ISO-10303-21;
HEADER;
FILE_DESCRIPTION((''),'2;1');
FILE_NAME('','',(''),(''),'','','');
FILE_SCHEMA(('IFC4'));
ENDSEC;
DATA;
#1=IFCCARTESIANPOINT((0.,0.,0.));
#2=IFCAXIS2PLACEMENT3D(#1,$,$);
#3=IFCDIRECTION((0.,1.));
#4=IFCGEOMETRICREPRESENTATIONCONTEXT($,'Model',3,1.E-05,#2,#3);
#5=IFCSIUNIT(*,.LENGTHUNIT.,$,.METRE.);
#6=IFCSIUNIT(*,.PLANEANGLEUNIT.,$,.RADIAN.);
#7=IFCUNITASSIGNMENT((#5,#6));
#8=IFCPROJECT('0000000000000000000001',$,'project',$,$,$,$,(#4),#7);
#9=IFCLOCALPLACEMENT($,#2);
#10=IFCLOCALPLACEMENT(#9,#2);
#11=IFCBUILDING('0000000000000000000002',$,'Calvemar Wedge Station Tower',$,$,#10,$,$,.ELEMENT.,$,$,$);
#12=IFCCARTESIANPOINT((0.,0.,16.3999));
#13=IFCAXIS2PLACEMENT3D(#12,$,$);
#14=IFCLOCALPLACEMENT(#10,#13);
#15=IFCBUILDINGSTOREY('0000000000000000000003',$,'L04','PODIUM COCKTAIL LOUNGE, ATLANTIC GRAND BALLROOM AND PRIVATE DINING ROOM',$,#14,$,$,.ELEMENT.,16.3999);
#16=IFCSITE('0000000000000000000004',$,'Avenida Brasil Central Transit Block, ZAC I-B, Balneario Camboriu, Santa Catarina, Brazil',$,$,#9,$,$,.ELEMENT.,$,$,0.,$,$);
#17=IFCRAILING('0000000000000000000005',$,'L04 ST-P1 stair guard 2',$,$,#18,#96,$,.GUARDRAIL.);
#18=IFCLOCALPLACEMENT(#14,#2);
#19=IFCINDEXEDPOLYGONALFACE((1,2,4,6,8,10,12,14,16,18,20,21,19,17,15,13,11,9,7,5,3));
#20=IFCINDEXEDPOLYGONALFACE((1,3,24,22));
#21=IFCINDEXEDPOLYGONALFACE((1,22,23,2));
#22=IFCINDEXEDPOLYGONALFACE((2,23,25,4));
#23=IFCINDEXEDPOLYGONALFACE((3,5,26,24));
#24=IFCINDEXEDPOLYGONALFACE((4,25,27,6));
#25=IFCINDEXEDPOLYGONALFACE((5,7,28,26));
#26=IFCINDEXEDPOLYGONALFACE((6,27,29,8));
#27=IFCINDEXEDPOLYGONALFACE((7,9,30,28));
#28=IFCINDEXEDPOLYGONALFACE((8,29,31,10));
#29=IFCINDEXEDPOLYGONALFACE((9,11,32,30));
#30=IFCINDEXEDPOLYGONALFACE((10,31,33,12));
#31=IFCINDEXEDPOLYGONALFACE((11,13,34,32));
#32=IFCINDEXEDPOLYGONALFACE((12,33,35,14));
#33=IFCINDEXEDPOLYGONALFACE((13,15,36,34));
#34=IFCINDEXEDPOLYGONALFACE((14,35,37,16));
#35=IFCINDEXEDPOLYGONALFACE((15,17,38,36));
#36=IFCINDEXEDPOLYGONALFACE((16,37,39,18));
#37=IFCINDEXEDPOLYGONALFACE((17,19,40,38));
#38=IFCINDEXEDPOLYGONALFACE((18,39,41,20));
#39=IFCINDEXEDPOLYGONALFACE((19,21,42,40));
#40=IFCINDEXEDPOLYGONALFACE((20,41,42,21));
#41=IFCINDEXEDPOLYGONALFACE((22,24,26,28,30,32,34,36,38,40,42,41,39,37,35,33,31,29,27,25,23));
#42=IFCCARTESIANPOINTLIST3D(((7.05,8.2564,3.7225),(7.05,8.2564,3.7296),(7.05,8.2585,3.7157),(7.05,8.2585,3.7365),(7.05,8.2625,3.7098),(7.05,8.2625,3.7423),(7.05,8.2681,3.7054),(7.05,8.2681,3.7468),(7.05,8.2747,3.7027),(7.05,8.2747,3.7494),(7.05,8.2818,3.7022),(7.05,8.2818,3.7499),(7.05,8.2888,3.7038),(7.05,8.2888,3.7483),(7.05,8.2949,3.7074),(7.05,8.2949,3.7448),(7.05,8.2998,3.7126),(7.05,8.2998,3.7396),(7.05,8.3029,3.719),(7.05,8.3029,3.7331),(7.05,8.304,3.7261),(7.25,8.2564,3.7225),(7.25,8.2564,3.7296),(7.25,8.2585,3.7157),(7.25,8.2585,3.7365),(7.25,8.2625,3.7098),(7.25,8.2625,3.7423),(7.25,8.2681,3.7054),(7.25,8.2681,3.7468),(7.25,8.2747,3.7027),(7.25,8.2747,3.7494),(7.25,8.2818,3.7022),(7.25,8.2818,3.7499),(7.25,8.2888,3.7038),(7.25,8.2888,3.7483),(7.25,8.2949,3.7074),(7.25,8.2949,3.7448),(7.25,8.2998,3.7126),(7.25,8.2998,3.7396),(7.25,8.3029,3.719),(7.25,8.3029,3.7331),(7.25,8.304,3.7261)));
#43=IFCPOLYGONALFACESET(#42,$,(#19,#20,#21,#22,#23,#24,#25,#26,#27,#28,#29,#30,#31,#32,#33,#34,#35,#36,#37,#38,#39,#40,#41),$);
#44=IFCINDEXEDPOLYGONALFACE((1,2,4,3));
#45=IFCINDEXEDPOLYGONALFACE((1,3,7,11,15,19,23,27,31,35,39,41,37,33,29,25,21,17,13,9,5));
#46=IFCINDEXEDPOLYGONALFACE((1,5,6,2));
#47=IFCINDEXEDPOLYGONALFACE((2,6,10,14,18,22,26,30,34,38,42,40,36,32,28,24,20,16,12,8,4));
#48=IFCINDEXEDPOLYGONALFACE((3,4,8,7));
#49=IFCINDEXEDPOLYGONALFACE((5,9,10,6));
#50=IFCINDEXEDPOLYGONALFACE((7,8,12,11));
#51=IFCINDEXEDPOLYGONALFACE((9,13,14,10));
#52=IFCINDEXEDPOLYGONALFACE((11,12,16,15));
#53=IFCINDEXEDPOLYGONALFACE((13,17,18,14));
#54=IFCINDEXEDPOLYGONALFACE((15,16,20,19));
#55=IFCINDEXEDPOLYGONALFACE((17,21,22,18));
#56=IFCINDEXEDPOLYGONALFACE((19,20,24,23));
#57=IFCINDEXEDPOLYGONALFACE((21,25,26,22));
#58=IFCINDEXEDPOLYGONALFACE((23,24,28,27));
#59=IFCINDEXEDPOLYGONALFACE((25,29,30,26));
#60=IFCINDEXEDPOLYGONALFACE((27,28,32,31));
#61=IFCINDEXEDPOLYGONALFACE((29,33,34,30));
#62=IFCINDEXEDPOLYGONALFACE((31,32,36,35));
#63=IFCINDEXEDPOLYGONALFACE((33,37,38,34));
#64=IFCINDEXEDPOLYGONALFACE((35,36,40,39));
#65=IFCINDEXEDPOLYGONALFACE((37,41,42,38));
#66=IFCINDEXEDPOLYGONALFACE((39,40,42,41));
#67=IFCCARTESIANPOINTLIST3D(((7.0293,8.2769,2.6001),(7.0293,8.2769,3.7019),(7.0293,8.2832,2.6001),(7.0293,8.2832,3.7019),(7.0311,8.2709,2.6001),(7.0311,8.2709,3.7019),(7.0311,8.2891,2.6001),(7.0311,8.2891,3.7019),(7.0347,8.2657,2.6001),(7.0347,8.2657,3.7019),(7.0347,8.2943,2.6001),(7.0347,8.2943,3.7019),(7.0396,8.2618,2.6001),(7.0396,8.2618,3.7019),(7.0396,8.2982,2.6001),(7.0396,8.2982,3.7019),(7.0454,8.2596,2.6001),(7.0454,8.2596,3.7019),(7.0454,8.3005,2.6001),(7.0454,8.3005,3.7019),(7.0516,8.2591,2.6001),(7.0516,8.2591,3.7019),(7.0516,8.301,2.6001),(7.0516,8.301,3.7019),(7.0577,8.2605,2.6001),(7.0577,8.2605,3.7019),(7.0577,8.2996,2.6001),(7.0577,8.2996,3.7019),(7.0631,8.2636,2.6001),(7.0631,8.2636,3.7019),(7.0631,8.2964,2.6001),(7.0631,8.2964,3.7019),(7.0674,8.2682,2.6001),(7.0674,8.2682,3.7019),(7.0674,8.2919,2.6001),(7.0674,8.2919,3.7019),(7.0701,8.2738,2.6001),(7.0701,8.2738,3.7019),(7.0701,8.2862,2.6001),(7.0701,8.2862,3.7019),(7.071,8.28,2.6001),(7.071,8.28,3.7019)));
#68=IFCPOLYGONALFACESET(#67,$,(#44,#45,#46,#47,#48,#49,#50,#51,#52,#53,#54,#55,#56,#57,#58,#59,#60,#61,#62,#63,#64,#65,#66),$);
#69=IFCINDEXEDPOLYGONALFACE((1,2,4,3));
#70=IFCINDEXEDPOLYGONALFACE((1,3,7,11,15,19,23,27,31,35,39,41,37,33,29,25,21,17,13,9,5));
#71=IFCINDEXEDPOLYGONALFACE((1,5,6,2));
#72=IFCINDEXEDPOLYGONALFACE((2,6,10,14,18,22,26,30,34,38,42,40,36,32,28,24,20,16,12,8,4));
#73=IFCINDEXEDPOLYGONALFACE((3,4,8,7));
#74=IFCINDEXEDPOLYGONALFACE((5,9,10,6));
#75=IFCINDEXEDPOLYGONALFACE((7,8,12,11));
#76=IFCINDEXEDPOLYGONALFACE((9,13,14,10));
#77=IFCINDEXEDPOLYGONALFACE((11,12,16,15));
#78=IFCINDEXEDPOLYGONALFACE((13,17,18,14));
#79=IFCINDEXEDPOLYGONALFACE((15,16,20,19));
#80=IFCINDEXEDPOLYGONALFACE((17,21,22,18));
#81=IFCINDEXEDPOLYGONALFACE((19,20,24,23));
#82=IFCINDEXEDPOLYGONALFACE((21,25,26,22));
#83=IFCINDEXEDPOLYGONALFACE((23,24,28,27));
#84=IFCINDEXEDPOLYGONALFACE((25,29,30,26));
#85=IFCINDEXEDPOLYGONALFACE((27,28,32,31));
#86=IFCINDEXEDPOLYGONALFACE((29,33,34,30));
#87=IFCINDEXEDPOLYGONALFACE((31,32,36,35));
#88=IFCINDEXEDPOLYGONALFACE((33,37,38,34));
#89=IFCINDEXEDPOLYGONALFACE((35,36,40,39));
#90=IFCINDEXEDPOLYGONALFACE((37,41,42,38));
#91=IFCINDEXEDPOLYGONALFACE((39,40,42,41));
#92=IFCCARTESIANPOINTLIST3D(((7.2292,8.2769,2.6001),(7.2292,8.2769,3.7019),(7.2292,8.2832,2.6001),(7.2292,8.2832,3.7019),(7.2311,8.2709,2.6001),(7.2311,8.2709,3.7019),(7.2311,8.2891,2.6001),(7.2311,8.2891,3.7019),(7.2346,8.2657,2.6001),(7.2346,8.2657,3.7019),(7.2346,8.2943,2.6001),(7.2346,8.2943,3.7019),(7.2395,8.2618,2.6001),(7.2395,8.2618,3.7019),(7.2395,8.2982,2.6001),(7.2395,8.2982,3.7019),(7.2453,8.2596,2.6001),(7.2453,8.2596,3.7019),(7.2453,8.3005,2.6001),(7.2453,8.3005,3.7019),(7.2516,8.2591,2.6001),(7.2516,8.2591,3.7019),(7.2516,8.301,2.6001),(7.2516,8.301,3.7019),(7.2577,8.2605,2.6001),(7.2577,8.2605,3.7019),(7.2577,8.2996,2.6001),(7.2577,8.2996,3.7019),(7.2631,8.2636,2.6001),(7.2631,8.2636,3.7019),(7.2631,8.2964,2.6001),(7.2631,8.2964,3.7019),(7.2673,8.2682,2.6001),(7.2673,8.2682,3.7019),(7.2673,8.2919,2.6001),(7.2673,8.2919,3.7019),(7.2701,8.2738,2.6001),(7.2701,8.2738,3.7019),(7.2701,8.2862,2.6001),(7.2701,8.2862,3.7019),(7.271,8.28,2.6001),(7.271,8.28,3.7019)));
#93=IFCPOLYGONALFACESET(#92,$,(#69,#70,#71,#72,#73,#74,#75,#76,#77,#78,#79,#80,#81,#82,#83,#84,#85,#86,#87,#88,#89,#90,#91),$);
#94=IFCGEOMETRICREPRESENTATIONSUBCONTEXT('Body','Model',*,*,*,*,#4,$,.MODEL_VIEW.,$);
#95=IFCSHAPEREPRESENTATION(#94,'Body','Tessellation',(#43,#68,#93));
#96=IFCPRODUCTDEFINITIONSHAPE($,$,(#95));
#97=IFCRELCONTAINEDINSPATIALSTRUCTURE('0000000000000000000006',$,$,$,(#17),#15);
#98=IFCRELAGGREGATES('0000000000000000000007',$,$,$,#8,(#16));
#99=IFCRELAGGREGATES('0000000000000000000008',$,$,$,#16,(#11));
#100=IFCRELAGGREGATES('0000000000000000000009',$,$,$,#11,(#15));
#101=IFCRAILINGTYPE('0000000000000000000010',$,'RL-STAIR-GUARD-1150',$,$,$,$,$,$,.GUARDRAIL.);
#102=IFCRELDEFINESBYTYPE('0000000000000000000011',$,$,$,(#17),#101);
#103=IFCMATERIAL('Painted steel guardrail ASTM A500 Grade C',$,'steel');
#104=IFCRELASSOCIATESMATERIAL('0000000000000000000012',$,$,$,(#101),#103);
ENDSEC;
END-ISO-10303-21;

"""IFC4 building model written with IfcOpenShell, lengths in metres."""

from ifc_helpers import new_model, si_unit, direction, frame, origin, origin_2d, place, context, subcontext, project, spatial, circle, extrude, material, type_object, element, save


model = new_model("IFC4")

# Units and contexts
model_context = context("Model", 3, precision=1e-05, world=origin(), true_north=direction((0.0, 1.0)))
body_context = subcontext(model_context, "Body", "Model", "MODEL_VIEW")
ifc_project = project(units=[si_unit("LENGTHUNIT", "METRE"), si_unit("PLANEANGLEUNIT", "RADIAN")], contexts=[model_context])

# Site, building, storey
site_placement = place(None, origin())
site = spatial("IfcSite", under=ifc_project, at=site_placement, Name="Avenida Brasil Central Transit Block, ZAC I-B, Balneario Camboriu, Santa Catarina, Brazil", CompositionType="ELEMENT", RefElevation=0.0)
building_placement = place(site_placement, origin())
building = spatial("IfcBuilding", under=site, at=building_placement, Name="Calvemar Wedge Station Tower", CompositionType="ELEMENT")
storey_placement = place(building_placement, frame((0.0, 0.0, 16.3999)))
storey = spatial("IfcBuildingStorey", under=building, at=storey_placement, Name="L04", Description="PODIUM COCKTAIL LOUNGE, ATLANTIC GRAND BALLROOM AND PRIVATE DINING ROOM", CompositionType="ELEMENT", Elevation=16.3999)

# Railing
ifc_material_1 = material(Name="Painted steel guardrail ASTM A500 Grade C", Category="steel")
railing_type_1 = type_object("IfcRailingType", Name="RL-STAIR-GUARD-1150", PredefinedType="GUARDRAIL", material=ifc_material_1)
railing_1_placement = place(storey_placement, frame((7.05, 8.28, 2.6001)))
element("IfcRailing", 1, at=railing_1_placement, inside=storey, type_object=railing_type_1, Name="L04 ST-P1 stair guard 2", PredefinedType="GUARDRAIL", context=body_context, shape_type="SweptSolid", body=[
    extrude(circle(Radius=0.0239, at=origin_2d()), frame((0.0, 0.0, 1.126), z_axis=(1.0, 0.0, 0.0), x_axis=(0.0, 1.0, 0.0)), (0.0, 0.0, 1.0), 0.2),
    extrude(circle(Radius=0.021, at=origin_2d()), origin(), (0.0, 0.0, 1.0), 1.1018),
    extrude(circle(Radius=0.021, at=origin_2d()), frame((0.2, 0.0, 0.0)), (0.0, 0.0, 1.0), 1.1018),
])

save(model, "model.ifc")
